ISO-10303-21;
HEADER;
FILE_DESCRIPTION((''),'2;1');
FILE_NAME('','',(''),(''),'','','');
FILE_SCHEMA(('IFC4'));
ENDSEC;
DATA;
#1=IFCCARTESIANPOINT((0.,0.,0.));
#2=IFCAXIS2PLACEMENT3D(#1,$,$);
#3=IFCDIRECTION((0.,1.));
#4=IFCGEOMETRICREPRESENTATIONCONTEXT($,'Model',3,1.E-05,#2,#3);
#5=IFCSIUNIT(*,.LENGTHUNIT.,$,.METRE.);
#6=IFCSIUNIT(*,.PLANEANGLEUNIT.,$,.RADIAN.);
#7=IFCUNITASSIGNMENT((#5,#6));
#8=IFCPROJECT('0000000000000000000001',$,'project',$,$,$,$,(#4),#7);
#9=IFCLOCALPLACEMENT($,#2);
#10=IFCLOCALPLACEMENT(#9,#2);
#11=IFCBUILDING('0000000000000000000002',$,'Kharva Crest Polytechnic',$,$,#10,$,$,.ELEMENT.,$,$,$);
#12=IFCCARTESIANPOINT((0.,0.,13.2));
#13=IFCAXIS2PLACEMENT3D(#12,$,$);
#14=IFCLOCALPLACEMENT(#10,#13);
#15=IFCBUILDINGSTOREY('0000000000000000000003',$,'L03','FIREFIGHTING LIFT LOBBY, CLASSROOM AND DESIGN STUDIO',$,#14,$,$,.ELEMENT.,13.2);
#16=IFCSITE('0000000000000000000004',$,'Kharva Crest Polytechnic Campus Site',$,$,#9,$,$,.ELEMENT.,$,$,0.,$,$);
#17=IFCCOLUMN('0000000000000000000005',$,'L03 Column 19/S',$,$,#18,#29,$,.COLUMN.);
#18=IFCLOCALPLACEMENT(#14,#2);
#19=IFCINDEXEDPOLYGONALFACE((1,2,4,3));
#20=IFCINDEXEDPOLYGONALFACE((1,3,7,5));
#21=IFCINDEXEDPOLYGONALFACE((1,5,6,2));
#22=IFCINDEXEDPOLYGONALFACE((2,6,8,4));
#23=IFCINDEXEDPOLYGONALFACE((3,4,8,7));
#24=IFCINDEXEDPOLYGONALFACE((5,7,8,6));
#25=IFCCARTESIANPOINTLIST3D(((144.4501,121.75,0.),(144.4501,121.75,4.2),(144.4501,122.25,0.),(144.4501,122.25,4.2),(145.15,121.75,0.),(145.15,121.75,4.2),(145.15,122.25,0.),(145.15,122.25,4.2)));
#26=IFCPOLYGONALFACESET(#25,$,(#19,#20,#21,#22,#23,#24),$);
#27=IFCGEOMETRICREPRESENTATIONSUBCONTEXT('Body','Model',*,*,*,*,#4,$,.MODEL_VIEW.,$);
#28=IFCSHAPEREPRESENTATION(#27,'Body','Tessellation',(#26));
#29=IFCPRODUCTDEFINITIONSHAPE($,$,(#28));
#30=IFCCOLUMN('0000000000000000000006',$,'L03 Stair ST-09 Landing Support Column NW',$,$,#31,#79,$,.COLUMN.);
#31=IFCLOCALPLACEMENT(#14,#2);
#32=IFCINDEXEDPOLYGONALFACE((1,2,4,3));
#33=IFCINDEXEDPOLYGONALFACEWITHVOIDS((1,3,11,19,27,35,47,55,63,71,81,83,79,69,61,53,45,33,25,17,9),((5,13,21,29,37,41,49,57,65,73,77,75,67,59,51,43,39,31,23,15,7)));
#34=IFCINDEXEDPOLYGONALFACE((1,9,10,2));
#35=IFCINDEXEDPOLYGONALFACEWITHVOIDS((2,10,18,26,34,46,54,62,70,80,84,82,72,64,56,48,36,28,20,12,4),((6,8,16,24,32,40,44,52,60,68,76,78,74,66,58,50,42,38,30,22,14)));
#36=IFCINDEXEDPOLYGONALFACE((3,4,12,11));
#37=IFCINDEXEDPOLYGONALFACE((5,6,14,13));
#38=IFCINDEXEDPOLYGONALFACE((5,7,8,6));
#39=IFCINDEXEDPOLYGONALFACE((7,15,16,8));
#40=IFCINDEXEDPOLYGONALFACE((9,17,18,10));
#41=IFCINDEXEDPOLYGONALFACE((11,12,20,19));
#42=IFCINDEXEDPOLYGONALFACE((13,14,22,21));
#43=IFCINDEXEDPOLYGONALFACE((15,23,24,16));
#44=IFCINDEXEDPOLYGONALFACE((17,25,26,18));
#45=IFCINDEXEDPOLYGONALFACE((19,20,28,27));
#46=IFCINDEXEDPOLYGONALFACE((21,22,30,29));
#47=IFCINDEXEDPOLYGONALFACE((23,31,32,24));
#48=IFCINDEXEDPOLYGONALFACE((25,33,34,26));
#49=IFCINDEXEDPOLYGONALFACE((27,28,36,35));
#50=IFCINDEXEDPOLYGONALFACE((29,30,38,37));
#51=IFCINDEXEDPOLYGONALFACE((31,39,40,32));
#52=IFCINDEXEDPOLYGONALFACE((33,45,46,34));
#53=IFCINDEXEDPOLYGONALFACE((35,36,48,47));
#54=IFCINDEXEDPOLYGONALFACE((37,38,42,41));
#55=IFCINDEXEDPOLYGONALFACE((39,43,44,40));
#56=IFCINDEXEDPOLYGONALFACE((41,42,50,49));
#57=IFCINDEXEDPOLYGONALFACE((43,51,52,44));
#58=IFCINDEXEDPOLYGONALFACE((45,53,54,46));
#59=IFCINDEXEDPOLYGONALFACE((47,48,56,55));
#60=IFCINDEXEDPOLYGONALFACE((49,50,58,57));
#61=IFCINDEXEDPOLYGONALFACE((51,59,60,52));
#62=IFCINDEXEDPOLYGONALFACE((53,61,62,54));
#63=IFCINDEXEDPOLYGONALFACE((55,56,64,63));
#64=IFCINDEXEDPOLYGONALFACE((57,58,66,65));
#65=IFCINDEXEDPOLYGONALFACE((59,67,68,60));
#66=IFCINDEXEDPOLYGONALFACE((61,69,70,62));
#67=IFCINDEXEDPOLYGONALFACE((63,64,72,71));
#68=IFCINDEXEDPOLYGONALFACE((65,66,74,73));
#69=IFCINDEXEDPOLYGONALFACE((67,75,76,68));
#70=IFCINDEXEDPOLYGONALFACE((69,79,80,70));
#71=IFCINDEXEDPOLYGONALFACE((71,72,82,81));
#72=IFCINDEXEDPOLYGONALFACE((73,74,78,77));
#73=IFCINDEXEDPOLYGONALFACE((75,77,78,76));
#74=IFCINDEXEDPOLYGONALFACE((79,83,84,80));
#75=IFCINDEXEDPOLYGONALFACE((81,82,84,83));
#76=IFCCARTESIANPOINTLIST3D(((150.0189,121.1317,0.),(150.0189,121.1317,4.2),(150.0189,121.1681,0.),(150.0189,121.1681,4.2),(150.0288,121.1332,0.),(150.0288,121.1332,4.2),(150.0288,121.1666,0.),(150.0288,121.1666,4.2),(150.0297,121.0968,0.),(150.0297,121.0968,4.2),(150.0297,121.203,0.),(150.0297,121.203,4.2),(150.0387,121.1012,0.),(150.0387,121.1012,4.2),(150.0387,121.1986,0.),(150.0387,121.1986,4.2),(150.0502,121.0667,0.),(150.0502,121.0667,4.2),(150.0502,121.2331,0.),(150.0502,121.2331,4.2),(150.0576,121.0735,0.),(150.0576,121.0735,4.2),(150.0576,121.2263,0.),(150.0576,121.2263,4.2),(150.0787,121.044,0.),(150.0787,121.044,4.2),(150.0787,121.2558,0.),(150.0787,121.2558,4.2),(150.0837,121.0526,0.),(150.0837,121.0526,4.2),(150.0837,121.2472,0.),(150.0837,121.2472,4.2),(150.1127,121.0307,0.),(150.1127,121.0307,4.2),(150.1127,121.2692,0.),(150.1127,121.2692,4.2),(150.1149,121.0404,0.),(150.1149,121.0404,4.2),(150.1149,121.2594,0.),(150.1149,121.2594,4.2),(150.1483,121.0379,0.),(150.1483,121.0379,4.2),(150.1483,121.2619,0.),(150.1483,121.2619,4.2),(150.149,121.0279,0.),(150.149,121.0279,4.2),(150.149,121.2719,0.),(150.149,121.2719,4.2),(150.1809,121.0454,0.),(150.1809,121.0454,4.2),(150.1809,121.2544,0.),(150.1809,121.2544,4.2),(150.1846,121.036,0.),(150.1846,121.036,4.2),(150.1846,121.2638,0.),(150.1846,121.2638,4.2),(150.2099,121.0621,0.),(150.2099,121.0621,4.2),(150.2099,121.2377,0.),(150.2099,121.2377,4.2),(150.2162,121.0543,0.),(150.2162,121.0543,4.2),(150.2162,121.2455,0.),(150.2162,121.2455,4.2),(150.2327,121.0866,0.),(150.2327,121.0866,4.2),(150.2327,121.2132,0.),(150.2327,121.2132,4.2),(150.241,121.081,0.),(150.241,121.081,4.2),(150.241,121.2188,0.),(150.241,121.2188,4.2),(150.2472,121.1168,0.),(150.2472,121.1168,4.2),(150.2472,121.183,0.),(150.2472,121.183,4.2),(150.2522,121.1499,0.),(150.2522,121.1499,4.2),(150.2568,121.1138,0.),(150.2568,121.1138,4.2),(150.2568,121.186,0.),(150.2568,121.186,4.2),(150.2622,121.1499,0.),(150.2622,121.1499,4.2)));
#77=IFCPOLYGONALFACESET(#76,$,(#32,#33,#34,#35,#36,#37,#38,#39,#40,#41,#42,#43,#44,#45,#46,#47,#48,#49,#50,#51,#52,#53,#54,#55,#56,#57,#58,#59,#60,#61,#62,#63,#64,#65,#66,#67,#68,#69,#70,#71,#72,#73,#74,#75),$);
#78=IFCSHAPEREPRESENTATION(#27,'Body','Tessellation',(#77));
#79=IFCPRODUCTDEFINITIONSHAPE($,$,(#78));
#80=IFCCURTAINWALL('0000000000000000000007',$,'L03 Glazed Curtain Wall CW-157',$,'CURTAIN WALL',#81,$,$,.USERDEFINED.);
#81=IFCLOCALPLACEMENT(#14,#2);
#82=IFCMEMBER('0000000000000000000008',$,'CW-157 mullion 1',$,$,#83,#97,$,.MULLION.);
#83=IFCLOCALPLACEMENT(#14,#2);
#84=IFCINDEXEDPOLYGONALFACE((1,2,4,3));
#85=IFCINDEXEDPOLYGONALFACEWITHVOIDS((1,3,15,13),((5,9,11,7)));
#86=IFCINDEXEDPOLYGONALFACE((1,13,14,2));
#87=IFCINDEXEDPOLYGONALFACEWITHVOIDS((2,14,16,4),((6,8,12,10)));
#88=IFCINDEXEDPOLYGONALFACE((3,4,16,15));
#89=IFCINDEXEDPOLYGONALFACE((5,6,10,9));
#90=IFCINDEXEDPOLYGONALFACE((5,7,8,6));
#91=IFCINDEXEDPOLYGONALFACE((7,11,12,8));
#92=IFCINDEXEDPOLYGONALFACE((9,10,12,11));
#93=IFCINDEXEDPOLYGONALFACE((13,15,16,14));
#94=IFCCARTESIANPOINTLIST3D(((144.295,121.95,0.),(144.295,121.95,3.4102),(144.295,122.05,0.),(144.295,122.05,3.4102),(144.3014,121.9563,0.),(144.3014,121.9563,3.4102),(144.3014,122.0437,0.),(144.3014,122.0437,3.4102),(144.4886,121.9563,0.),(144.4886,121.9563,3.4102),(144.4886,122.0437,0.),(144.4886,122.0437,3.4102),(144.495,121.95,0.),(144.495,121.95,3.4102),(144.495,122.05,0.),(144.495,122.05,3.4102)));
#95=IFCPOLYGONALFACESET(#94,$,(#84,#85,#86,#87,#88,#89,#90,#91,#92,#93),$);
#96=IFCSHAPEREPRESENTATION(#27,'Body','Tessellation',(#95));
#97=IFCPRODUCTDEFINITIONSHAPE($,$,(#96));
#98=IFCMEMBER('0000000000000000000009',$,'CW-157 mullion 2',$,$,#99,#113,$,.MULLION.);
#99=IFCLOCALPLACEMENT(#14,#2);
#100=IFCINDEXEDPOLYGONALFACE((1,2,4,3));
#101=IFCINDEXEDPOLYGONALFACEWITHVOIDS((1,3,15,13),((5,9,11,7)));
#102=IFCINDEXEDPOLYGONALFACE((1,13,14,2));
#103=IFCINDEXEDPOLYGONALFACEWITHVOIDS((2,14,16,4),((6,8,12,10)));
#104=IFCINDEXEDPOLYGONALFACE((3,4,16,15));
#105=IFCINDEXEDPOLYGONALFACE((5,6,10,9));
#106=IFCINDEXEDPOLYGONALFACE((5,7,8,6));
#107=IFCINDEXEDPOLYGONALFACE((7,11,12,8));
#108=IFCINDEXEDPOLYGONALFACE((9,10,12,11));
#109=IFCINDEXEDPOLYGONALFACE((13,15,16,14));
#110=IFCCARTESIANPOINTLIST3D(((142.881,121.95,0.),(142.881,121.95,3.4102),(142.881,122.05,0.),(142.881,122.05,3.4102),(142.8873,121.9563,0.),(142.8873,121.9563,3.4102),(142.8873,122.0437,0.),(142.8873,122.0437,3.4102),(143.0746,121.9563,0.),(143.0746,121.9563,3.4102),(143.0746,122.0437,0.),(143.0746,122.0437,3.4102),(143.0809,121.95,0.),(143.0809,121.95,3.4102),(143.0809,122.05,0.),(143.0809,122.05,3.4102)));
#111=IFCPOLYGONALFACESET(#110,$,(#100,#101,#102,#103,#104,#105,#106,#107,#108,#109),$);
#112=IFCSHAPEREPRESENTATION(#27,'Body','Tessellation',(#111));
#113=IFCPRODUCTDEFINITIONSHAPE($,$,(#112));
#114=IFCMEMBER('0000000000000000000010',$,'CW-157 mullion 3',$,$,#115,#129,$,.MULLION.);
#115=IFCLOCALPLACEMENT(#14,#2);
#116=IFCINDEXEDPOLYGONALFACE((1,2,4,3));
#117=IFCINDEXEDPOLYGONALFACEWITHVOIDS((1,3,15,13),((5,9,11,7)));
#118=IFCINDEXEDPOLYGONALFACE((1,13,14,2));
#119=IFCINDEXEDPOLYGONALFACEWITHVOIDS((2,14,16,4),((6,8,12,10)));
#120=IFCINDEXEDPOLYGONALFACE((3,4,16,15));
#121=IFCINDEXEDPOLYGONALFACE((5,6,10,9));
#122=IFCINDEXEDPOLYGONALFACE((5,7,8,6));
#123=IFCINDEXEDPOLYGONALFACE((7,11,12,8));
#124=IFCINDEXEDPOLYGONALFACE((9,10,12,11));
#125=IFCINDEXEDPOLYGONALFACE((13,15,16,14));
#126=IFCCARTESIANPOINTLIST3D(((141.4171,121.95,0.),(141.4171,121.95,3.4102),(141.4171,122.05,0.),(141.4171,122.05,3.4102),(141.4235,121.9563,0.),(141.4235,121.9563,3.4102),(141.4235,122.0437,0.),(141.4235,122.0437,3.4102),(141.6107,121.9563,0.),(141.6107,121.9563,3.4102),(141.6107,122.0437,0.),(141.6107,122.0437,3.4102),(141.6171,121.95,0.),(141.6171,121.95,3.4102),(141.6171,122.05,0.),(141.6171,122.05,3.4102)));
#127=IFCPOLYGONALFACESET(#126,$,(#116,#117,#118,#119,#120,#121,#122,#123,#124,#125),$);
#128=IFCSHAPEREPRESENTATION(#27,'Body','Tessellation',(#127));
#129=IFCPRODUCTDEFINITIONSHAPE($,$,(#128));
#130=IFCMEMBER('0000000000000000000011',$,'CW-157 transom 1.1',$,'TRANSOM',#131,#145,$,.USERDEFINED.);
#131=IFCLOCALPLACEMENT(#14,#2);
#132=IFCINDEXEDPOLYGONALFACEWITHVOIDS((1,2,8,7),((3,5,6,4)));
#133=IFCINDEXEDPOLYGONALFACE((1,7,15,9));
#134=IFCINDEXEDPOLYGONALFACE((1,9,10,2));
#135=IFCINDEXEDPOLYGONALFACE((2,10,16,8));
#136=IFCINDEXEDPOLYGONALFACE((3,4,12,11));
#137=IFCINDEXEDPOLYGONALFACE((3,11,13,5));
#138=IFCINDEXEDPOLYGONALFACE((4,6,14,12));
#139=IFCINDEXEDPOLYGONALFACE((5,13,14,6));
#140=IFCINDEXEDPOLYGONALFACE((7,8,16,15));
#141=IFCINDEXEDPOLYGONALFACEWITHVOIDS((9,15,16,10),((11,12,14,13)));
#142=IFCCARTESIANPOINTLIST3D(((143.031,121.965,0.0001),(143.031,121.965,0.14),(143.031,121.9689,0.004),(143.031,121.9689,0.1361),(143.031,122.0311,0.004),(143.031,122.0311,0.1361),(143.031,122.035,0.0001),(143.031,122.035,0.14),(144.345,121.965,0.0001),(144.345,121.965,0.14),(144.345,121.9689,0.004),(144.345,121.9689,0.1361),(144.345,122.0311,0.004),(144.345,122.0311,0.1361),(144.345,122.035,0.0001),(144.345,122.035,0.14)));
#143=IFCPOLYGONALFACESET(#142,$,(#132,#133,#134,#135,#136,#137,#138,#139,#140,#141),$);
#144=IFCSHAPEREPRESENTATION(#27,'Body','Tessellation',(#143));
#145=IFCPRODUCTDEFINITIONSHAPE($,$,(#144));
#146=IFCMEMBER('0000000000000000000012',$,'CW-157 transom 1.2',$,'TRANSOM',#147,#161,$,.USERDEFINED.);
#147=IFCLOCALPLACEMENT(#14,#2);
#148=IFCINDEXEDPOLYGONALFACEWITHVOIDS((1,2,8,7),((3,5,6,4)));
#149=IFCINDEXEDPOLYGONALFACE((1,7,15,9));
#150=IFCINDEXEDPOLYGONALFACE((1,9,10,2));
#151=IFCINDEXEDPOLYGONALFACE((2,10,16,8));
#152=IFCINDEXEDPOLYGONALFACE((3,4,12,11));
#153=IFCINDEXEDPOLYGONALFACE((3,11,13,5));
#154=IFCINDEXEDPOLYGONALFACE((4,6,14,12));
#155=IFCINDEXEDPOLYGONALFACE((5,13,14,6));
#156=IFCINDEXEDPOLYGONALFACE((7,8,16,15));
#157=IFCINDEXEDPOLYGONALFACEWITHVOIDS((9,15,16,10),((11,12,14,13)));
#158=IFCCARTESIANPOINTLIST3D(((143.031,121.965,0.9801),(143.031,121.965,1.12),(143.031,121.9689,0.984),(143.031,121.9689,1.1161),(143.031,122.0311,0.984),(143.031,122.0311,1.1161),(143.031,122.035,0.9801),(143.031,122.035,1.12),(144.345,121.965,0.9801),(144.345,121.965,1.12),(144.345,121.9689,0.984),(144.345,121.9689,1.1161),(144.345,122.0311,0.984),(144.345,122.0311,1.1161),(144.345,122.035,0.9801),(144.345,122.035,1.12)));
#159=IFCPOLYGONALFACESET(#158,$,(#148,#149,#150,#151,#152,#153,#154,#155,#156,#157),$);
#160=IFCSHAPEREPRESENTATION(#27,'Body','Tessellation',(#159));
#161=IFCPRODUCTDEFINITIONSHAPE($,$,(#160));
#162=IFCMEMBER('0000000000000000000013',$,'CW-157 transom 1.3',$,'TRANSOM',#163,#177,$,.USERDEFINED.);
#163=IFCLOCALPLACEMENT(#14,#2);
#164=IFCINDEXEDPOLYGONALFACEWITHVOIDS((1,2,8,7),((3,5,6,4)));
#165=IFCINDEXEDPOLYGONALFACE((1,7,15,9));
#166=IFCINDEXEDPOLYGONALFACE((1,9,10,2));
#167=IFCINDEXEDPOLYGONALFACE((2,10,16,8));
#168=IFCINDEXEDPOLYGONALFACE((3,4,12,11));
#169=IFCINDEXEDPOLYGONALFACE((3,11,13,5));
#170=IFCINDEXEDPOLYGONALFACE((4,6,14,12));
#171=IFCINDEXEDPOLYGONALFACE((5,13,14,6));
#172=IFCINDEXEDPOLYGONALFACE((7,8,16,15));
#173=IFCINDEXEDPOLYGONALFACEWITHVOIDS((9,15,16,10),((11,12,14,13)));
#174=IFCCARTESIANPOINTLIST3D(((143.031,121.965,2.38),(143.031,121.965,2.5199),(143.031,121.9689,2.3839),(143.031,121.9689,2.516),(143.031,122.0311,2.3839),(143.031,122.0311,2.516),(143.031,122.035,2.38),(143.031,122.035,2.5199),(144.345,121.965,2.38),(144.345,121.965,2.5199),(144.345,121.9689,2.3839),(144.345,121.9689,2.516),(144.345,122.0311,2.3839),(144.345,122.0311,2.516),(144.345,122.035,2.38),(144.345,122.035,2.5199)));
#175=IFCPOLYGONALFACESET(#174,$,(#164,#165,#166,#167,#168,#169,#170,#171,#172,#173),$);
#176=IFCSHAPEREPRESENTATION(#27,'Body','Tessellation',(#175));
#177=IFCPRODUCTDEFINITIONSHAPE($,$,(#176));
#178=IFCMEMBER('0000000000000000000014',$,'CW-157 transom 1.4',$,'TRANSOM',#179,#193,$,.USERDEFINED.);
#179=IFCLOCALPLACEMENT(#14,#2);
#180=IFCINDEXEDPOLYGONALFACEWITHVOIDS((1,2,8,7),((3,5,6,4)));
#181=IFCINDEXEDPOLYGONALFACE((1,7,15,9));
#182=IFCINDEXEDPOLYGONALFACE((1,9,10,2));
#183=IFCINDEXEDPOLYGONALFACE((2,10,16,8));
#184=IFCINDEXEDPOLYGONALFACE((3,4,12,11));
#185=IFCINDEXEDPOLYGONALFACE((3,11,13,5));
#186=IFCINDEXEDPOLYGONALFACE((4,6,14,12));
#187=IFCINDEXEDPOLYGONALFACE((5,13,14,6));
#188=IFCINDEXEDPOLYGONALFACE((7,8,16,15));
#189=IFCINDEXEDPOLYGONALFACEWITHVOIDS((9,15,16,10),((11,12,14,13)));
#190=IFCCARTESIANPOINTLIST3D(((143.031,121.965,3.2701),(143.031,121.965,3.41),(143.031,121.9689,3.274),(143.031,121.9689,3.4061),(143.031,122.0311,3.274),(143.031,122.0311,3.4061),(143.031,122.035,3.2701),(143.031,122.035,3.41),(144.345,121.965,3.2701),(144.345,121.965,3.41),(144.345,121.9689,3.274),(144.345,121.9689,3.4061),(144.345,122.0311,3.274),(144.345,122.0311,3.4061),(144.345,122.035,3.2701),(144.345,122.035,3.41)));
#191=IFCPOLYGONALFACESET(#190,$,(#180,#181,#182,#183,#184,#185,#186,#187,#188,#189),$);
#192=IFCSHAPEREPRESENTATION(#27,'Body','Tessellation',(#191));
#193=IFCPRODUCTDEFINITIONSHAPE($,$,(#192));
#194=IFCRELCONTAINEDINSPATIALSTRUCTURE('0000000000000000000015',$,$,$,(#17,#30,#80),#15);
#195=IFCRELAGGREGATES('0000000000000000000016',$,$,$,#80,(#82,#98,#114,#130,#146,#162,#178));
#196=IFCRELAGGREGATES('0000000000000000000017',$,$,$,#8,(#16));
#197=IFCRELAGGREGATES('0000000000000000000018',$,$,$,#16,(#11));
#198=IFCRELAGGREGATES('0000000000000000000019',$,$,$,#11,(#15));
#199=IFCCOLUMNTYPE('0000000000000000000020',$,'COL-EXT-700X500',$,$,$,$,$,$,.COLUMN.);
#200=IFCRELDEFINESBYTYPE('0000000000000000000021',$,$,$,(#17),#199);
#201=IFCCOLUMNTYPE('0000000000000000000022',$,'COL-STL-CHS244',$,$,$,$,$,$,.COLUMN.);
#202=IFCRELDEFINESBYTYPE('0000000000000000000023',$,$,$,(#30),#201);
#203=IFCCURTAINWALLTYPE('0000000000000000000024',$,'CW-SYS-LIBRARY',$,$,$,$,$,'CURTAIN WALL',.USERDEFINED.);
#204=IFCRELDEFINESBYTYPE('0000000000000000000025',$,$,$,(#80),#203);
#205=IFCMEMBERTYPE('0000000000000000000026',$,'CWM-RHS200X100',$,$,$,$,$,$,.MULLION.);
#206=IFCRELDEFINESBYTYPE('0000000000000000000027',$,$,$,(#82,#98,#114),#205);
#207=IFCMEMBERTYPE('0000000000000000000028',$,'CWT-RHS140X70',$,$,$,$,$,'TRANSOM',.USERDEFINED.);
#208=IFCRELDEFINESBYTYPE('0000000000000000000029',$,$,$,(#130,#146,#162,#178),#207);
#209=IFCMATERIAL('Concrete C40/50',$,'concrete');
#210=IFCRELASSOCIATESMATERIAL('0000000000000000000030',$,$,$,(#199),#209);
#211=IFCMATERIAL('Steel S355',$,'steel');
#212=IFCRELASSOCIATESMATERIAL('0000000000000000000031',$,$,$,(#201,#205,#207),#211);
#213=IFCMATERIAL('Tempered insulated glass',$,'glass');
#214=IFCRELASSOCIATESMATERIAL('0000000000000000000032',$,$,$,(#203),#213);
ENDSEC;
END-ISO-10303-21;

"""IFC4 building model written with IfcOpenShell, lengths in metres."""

from ifc_helpers import new_model, si_unit, direction, frame, origin, origin_2d, place, context, subcontext, project, spatial, rectangle, hollow_rectangle, hollow_circle, extrude, material, material_profile, profile_set, type_object, element, aggregate, save


model = new_model("IFC4")

# Units and contexts
model_context = context("Model", 3, precision=1e-05, world=origin(), true_north=direction((0.0, 1.0)))
body_context = subcontext(model_context, "Body", "Model", "MODEL_VIEW")
ifc_project = project(units=[si_unit("LENGTHUNIT", "METRE"), si_unit("PLANEANGLEUNIT", "RADIAN")], contexts=[model_context])

# Site, building, storey
site_placement = place(None, origin())
site = spatial("IfcSite", under=ifc_project, at=site_placement, Name="Kharva Crest Polytechnic Campus Site", CompositionType="ELEMENT", RefElevation=0.0)
building_placement = place(site_placement, origin())
building = spatial("IfcBuilding", under=site, at=building_placement, Name="Kharva Crest Polytechnic", CompositionType="ELEMENT")
storey_placement = place(building_placement, frame((0.0, 0.0, 13.2)))
storey = spatial("IfcBuildingStorey", under=building, at=storey_placement, Name="L03", Description="FIREFIGHTING LIFT LOBBY, CLASSROOM AND DESIGN STUDIO", CompositionType="ELEMENT", Elevation=13.2)

# Columns
ifc_material_1 = material(Name="Concrete C40/50", Category="concrete")
ifc_material_profile_1 = material_profile(ifc_material_1, rectangle(XDim=0.7, YDim=0.5, at=origin_2d()), Name="RECT 700 X 500")
ifc_profile_set_1 = profile_set([ifc_material_profile_1], Name="Concrete C40/50")
column_type_1 = type_object("IfcColumnType", Name="COL-EXT-700X500", PredefinedType="COLUMN", material=ifc_profile_set_1)
column_1_placement = place(storey_placement, frame((144.8, 122.0, 0.0), z_axis=(0.0, 0.0, 1.0), x_axis=(1.0, 0.0, 0.0)))
element("IfcColumn", 1, at=column_1_placement, inside=storey, type_object=column_type_1, Name="L03 Column 19/S", PredefinedType="COLUMN", context=body_context, shape_type="SweptSolid", body=[
    extrude(rectangle(XDim=0.7, YDim=0.5, at=origin_2d()), origin(), (0.0, 0.0, 1.0), 4.2),
])
ifc_material_2 = material(Name="Steel S355", Category="steel")
ifc_material_profile_2 = material_profile(ifc_material_2, hollow_circle(Radius=0.1223, WallThickness=0.01, at=origin_2d()), Name="CHS 244.5X10.0")
ifc_profile_set_2 = profile_set([ifc_material_profile_2], Name="Steel S355")
column_type_2 = type_object("IfcColumnType", Name="COL-STL-CHS244", PredefinedType="COLUMN", material=ifc_profile_set_2)
column_2_placement = place(storey_placement, frame((150.1399, 121.1499, 0.0), z_axis=(0.0, 0.0, 1.0), x_axis=(1.0, 0.0, 0.0)))
element("IfcColumn", 2, at=column_2_placement, inside=storey, type_object=column_type_2, Name="L03 Stair ST-09 Landing Support Column NW", PredefinedType="COLUMN", context=body_context, shape_type="SweptSolid", body=[
    extrude(hollow_circle(Radius=0.1223, WallThickness=0.01, at=origin_2d()), origin(), (0.0, 0.0, 1.0), 4.2),
])

# Curtain wall, members
ifc_material_3 = material(Name="Tempered insulated glass", Category="glass")
curtain_wall_type = type_object("IfcCurtainWallType", Name="CW-SYS-LIBRARY", ElementType="CURTAIN WALL", PredefinedType="USERDEFINED", material=ifc_material_3)
curtain_wall_placement = place(storey_placement, origin())
curtain_wall = element("IfcCurtainWall", 3, at=curtain_wall_placement, inside=storey, type_object=curtain_wall_type, Name="L03 Glazed Curtain Wall CW-157", ObjectType="CURTAIN WALL", PredefinedType="USERDEFINED")
ifc_material_profile_3 = material_profile(ifc_material_2, hollow_rectangle(XDim=0.1001, YDim=0.2, WallThickness=0.0063, at=origin_2d()), Name="RHS 200X100X6.3")
ifc_profile_set_3 = profile_set([ifc_material_profile_3], Name="Steel S355")
member_type_1 = type_object("IfcMemberType", Name="CWM-RHS200X100", PredefinedType="MULLION", material=ifc_profile_set_3)
member_1_placement = place(storey_placement, frame((144.395, 122.0, 0.0), z_axis=(0.0, 0.0, 1.0), x_axis=(0.0, -1.0, 0.0)))
member_1 = element("IfcMember", 4, at=member_1_placement, type_object=member_type_1, Name="CW-157 mullion 1", PredefinedType="MULLION", context=body_context, shape_type="SweptSolid", body=[
    extrude(hollow_rectangle(XDim=0.1001, YDim=0.2, WallThickness=0.0063, at=origin_2d()), origin(), (0.0, 0.0, 1.0), 3.4102),
])
member_2_placement = place(storey_placement, frame((142.981, 122.0, 0.0), z_axis=(0.0, 0.0, 1.0), x_axis=(0.0, -1.0, 0.0)))
member_2 = element("IfcMember", 5, at=member_2_placement, type_object=member_type_1, Name="CW-157 mullion 2", PredefinedType="MULLION", context=body_context, shape_type="SweptSolid", body=[
    extrude(hollow_rectangle(XDim=0.1001, YDim=0.2, WallThickness=0.0063, at=origin_2d()), origin(), (0.0, 0.0, 1.0), 3.4102),
])
member_3_placement = place(storey_placement, frame((141.5171, 122.0, 0.0), z_axis=(0.0, 0.0, 1.0), x_axis=(0.0, -1.0, 0.0)))
member_3 = element("IfcMember", 6, at=member_3_placement, type_object=member_type_1, Name="CW-157 mullion 3", PredefinedType="MULLION", context=body_context, shape_type="SweptSolid", body=[
    extrude(hollow_rectangle(XDim=0.1001, YDim=0.2, WallThickness=0.0063, at=origin_2d()), origin(), (0.0, 0.0, 1.0), 3.4102),
])
ifc_material_profile_4 = material_profile(ifc_material_2, hollow_rectangle(XDim=0.0701, YDim=0.1399, WallThickness=0.0039, at=origin_2d()), Name="RHS 140X70X4.0")
ifc_profile_set_4 = profile_set([ifc_material_profile_4], Name="Steel S355")
member_type_2 = type_object("IfcMemberType", Name="CWT-RHS140X70", ElementType="TRANSOM", PredefinedType="USERDEFINED", material=ifc_profile_set_4)
member_4_placement = place(storey_placement, frame((144.345, 122.0, 0.0701), z_axis=(-1.0, 0.0, 0.0), x_axis=(0.0, -1.0, 0.0)))
member_4 = element("IfcMember", 7, at=member_4_placement, type_object=member_type_2, Name="CW-157 transom 1.1", ObjectType="TRANSOM", PredefinedType="USERDEFINED", context=body_context, shape_type="SweptSolid", body=[
    extrude(hollow_rectangle(XDim=0.0701, YDim=0.1399, WallThickness=0.0039, at=origin_2d()), origin(), (0.0, 0.0, 1.0), 1.314),
])
member_5_placement = place(storey_placement, frame((144.345, 122.0, 1.05), z_axis=(-1.0, 0.0, 0.0), x_axis=(0.0, -1.0, 0.0)))
member_5 = element("IfcMember", 8, at=member_5_placement, type_object=member_type_2, Name="CW-157 transom 1.2", ObjectType="TRANSOM", PredefinedType="USERDEFINED", context=body_context, shape_type="SweptSolid", body=[
    extrude(hollow_rectangle(XDim=0.0701, YDim=0.1399, WallThickness=0.0039, at=origin_2d()), origin(), (0.0, 0.0, 1.0), 1.314),
])
member_6_placement = place(storey_placement, frame((144.345, 122.0, 2.45), z_axis=(-1.0, 0.0, 0.0), x_axis=(0.0, -1.0, 0.0)))
member_6 = element("IfcMember", 9, at=member_6_placement, type_object=member_type_2, Name="CW-157 transom 1.3", ObjectType="TRANSOM", PredefinedType="USERDEFINED", context=body_context, shape_type="SweptSolid", body=[
    extrude(hollow_rectangle(XDim=0.0701, YDim=0.1399, WallThickness=0.0039, at=origin_2d()), origin(), (0.0, 0.0, 1.0), 1.314),
])
member_7_placement = place(storey_placement, frame((144.345, 122.0, 3.3401), z_axis=(-1.0, 0.0, 0.0), x_axis=(0.0, -1.0, 0.0)))
member_7 = element("IfcMember", 10, at=member_7_placement, type_object=member_type_2, Name="CW-157 transom 1.4", ObjectType="TRANSOM", PredefinedType="USERDEFINED", context=body_context, shape_type="SweptSolid", body=[
    extrude(hollow_rectangle(XDim=0.0701, YDim=0.1399, WallThickness=0.0039, at=origin_2d()), origin(), (0.0, 0.0, 1.0), 1.314),
])
aggregate(curtain_wall, [member_1, member_2, member_3, member_4, member_5, member_6, member_7])

save(model, "model.ifc")
